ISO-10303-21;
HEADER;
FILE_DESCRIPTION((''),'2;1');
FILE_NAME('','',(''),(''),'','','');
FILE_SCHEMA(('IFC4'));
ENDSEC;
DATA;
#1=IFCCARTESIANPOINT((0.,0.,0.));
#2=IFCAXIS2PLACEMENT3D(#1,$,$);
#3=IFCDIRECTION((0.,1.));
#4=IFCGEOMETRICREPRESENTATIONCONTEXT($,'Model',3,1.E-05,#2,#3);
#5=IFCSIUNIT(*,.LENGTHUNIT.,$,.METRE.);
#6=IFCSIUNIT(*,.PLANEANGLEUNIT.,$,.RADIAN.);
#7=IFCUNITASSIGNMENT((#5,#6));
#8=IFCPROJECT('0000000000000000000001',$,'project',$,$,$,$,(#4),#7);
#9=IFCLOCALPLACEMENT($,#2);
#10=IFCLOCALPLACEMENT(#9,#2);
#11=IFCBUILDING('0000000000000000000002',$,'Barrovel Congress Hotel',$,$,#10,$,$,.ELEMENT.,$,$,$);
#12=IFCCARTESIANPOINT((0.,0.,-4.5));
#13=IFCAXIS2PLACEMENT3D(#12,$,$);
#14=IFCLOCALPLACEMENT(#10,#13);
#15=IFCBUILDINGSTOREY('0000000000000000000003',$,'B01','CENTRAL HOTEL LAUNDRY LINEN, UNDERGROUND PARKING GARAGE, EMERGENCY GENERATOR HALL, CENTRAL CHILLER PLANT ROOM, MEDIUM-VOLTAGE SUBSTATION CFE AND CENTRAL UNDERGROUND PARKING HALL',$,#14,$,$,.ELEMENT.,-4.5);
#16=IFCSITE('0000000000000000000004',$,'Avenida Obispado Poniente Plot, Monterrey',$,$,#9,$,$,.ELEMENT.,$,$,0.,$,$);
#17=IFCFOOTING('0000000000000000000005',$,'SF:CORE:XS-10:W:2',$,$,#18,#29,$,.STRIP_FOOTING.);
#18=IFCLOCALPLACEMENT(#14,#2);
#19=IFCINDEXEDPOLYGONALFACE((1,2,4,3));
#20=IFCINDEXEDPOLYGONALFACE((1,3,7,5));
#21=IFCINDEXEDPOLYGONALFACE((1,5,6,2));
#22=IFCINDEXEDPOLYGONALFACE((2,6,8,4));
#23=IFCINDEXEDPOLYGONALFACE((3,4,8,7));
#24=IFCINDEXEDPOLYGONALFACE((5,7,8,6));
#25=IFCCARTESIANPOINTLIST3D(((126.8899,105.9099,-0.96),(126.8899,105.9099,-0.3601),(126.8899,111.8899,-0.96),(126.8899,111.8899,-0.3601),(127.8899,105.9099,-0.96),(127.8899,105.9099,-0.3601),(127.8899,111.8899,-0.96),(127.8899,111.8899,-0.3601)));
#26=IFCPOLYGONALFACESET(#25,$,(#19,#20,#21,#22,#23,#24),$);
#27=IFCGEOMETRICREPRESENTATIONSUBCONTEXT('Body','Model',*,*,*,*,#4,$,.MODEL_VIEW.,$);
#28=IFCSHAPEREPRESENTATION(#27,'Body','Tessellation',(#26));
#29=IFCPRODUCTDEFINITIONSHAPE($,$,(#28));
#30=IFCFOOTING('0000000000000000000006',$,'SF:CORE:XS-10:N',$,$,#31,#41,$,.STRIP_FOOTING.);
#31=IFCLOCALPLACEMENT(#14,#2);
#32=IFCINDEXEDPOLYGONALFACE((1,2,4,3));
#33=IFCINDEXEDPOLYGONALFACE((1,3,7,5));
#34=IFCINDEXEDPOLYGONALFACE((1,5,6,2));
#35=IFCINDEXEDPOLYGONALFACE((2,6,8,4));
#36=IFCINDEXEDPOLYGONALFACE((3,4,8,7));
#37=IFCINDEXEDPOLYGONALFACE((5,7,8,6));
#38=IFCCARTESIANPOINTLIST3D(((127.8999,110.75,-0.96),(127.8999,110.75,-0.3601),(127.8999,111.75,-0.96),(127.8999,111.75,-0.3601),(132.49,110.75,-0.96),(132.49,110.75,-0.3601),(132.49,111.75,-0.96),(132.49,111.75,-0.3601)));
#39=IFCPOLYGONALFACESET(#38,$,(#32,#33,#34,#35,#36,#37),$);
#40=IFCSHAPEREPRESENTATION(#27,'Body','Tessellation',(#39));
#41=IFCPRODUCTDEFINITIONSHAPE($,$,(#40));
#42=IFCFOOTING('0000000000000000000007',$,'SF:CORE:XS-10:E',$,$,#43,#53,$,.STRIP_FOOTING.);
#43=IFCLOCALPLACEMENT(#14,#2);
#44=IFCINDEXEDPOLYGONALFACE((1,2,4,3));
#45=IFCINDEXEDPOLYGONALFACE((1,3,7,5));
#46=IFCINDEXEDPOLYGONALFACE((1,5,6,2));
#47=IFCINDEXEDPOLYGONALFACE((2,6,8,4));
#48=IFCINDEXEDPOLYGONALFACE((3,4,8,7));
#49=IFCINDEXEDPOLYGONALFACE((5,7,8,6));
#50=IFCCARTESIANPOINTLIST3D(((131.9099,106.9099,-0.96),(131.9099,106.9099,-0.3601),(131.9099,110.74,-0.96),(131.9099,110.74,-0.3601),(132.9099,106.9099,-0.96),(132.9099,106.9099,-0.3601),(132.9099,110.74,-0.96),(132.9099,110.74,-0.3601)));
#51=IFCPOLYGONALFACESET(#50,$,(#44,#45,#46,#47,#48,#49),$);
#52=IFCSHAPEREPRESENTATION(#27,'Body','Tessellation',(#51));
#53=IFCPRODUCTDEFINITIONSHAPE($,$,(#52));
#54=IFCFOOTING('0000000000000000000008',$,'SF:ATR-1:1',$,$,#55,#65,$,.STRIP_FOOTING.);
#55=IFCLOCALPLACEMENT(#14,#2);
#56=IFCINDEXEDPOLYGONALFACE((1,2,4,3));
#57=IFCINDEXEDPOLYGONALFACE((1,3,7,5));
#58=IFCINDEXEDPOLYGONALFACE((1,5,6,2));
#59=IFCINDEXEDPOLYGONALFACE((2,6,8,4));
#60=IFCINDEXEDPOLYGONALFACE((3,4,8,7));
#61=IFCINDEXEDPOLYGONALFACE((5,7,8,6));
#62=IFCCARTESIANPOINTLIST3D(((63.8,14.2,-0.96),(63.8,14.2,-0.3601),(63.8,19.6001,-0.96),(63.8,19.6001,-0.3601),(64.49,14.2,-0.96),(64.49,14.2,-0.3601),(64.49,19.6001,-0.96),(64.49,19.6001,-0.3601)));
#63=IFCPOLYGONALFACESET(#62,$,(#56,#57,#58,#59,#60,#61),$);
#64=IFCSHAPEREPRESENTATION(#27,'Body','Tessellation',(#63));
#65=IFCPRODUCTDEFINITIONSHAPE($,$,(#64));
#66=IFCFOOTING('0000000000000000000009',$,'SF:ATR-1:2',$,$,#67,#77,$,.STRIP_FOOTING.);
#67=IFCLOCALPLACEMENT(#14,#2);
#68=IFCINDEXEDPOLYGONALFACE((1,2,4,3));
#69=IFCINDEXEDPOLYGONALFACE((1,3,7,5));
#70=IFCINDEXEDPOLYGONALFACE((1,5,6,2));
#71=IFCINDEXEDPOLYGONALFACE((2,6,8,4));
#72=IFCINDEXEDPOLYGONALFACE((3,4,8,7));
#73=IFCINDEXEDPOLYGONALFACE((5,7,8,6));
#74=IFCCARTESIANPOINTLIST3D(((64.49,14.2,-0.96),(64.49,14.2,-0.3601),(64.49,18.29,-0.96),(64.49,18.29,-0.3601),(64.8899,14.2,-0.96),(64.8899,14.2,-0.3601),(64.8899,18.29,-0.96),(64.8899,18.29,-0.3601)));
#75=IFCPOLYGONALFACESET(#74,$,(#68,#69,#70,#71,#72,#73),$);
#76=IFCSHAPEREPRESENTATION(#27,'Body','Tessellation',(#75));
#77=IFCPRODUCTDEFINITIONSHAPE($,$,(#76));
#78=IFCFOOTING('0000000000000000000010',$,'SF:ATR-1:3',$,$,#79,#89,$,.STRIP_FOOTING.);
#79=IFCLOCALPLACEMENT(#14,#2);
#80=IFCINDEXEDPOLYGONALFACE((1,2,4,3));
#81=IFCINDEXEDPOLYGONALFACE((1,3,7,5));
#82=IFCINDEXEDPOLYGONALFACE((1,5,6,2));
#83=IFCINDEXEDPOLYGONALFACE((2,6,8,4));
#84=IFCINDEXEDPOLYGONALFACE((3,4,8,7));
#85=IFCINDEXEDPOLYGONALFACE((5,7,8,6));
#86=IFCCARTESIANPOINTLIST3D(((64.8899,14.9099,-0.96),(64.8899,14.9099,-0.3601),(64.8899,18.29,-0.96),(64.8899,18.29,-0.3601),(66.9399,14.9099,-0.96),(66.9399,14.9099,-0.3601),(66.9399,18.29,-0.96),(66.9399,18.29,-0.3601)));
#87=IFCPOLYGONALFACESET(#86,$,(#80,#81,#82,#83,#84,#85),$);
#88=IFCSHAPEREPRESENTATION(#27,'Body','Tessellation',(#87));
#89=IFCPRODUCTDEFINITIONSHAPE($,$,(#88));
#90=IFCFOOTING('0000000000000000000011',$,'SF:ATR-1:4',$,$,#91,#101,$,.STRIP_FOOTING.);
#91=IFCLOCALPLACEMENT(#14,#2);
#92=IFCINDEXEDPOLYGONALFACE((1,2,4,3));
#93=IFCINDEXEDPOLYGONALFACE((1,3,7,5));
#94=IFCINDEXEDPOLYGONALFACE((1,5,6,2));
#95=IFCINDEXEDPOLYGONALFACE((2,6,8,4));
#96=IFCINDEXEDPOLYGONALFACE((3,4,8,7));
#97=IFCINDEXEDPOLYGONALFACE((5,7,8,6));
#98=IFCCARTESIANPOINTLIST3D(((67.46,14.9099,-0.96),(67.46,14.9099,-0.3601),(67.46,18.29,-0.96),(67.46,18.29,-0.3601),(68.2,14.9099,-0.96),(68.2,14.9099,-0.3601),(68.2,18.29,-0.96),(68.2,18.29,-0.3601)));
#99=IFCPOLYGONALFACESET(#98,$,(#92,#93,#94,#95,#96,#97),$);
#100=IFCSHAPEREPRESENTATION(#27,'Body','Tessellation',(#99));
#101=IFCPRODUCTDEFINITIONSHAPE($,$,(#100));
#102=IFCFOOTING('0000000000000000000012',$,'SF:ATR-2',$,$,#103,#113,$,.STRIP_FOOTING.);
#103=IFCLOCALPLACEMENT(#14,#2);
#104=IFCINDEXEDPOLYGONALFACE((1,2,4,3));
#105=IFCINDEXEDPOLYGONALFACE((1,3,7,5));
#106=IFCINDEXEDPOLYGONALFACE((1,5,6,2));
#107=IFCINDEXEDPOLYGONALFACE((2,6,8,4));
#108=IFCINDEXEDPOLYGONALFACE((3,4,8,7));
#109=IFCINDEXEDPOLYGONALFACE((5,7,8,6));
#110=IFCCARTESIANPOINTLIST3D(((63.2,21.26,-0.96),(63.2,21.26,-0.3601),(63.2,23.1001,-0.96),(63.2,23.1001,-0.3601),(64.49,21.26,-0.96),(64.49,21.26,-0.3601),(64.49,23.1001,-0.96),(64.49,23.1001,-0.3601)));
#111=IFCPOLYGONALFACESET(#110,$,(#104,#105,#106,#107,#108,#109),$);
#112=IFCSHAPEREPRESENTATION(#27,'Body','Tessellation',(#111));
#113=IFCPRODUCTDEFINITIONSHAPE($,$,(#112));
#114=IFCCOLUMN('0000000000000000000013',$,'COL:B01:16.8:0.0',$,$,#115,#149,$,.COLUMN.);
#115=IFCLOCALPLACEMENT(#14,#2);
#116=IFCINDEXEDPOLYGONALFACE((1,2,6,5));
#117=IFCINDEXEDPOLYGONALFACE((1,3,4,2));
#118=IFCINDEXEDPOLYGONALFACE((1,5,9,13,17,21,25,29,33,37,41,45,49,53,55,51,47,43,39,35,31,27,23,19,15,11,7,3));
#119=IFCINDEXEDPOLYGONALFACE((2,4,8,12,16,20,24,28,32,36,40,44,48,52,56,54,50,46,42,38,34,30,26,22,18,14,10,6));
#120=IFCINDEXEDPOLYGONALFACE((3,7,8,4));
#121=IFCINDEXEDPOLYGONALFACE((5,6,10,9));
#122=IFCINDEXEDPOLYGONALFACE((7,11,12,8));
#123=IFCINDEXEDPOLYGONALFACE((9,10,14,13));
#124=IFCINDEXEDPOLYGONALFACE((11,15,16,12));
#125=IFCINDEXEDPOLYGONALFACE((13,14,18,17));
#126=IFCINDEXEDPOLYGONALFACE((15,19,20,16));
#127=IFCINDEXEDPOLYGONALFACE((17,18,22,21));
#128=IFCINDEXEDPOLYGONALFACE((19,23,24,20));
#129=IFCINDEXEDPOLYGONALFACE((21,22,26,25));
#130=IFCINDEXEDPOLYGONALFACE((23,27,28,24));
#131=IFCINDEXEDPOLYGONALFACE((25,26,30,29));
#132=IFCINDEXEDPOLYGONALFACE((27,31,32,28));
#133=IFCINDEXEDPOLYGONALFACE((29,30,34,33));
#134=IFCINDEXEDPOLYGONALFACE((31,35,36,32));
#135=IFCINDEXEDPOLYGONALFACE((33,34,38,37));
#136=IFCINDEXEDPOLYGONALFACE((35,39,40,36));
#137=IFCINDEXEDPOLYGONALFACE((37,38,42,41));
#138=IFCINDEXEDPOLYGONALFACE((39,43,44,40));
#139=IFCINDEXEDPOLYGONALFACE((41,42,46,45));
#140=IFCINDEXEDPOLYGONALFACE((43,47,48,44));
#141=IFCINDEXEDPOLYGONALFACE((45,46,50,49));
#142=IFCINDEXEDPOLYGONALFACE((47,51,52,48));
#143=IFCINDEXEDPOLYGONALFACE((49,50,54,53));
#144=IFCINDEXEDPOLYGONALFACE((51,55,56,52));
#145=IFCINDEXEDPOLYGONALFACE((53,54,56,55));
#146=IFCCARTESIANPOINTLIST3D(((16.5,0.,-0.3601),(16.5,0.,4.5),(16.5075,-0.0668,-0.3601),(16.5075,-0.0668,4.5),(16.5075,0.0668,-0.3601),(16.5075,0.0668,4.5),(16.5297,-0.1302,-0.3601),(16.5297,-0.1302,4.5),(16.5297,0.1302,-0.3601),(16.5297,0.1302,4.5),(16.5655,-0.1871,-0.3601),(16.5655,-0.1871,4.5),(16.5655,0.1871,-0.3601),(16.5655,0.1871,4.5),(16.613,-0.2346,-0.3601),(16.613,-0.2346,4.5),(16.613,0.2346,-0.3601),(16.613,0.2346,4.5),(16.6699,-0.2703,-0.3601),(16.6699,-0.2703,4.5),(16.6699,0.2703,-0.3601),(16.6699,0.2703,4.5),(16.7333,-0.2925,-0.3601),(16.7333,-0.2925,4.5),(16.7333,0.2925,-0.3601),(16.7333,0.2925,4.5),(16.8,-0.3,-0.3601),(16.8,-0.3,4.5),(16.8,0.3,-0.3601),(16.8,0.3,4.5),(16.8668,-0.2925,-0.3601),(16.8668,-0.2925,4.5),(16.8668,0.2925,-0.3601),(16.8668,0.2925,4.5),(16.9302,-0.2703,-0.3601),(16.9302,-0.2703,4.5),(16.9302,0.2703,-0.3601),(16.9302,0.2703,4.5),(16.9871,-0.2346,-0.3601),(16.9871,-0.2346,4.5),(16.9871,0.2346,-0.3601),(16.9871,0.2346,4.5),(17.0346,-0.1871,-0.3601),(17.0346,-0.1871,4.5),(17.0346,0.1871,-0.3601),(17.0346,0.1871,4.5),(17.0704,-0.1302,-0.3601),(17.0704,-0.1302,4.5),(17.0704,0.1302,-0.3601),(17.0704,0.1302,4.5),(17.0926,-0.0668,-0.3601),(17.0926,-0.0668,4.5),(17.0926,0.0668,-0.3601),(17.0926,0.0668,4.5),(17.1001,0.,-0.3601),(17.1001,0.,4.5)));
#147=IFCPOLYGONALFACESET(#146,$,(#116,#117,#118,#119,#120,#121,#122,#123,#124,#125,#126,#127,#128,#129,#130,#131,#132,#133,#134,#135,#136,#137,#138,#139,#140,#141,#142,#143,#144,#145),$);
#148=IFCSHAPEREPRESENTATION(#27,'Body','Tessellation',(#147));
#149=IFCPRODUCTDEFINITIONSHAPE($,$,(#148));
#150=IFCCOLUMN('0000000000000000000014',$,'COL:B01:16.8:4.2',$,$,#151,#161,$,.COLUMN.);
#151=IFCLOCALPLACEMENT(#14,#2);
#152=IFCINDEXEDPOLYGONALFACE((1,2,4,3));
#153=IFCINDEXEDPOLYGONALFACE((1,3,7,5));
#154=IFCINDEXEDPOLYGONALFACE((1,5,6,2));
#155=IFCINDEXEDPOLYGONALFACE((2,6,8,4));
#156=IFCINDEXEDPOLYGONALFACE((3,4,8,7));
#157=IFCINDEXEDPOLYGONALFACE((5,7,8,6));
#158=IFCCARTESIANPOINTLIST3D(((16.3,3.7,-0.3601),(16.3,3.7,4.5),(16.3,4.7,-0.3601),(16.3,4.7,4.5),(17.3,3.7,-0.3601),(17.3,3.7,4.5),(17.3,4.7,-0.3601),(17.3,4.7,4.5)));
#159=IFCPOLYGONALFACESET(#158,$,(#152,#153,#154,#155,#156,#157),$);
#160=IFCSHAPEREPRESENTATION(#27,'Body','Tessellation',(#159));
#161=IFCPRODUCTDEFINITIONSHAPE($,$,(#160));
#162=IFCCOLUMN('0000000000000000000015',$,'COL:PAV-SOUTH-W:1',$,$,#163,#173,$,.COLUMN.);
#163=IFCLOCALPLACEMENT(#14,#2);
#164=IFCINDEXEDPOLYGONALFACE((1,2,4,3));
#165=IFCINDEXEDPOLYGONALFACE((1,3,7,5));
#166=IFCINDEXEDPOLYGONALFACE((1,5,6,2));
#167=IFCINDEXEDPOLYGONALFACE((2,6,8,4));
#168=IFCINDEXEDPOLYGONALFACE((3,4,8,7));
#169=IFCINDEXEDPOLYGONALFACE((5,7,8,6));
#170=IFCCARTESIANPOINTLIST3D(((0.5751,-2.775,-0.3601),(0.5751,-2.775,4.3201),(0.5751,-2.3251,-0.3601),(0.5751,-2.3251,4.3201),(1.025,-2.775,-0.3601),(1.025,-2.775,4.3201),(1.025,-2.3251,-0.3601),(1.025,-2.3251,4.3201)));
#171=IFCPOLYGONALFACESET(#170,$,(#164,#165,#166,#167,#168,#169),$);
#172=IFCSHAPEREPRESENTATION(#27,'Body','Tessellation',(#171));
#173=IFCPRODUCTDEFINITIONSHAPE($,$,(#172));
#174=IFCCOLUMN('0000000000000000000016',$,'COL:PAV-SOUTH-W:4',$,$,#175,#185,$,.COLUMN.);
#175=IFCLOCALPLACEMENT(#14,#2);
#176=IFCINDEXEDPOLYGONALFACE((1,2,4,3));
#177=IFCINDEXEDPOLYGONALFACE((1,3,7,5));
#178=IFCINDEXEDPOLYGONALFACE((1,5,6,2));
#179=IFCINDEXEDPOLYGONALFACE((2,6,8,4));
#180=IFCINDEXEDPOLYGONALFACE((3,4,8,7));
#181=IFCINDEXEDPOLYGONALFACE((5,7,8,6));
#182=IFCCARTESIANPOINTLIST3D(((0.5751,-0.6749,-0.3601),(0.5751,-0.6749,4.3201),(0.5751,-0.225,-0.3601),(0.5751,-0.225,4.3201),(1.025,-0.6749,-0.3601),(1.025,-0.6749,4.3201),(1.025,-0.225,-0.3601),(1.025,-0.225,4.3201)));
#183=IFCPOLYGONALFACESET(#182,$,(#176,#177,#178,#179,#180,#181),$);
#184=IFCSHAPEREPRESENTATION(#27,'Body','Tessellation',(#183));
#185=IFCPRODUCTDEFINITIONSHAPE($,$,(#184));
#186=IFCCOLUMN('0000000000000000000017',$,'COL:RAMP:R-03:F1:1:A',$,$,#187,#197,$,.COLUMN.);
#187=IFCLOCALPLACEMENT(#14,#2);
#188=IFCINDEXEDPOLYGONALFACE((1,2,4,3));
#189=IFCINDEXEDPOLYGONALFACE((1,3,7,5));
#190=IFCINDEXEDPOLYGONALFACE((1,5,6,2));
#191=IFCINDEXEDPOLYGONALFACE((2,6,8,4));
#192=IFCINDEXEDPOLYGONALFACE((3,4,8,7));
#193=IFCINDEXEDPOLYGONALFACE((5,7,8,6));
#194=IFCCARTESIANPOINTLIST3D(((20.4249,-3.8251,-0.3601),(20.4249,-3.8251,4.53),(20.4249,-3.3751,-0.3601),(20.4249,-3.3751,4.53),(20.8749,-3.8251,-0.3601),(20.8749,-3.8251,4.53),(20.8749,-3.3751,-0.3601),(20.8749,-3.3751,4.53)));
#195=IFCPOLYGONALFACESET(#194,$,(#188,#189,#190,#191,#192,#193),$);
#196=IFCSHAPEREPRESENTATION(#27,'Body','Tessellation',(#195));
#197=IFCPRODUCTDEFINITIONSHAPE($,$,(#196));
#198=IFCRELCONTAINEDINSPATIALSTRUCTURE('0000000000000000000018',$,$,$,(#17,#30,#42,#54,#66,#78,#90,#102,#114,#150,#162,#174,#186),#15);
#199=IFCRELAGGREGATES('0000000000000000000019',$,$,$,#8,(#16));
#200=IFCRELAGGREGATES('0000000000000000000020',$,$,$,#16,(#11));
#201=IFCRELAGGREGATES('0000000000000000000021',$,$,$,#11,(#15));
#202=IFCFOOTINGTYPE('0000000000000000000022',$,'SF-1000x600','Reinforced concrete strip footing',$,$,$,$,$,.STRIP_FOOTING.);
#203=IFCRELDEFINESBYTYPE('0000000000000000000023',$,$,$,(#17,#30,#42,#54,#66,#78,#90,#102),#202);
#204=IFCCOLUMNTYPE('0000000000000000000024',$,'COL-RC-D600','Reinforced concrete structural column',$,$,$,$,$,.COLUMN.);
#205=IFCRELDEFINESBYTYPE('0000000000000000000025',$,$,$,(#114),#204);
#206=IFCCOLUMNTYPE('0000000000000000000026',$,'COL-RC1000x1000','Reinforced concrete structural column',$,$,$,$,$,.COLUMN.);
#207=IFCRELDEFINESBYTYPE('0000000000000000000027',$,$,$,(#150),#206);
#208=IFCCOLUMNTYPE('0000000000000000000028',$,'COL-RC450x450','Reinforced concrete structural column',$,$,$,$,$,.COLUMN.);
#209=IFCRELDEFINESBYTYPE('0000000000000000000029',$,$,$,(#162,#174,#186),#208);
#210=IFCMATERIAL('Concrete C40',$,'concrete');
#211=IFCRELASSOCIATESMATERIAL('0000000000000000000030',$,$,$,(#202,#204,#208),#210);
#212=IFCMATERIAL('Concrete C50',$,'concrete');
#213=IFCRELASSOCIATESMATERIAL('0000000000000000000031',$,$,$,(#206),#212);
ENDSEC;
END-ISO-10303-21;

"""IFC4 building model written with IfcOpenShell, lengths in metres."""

from ifc_helpers import new_model, si_unit, direction, frame, origin, origin_2d, place, context, subcontext, project, spatial, polyline, rectangle, circle, outline, extrude, material, material_profile, profile_set, type_object, element, save


model = new_model("IFC4")

# Units and contexts
model_context = context("Model", 3, precision=1e-05, world=origin(), true_north=direction((0.0, 1.0)))
body_context = subcontext(model_context, "Body", "Model", "MODEL_VIEW")
ifc_project = project(units=[si_unit("LENGTHUNIT", "METRE"), si_unit("PLANEANGLEUNIT", "RADIAN")], contexts=[model_context])

# Site, building, storey
site_placement = place(None, origin())
site = spatial("IfcSite", under=ifc_project, at=site_placement, Name="Avenida Obispado Poniente Plot, Monterrey", CompositionType="ELEMENT", RefElevation=0.0)
building_placement = place(site_placement, origin())
building = spatial("IfcBuilding", under=site, at=building_placement, Name="Barrovel Congress Hotel", CompositionType="ELEMENT")
storey_placement = place(building_placement, frame((0.0, 0.0, -4.5)))
storey = spatial("IfcBuildingStorey", under=building, at=storey_placement, Name="B01", Description="CENTRAL HOTEL LAUNDRY LINEN, UNDERGROUND PARKING GARAGE, EMERGENCY GENERATOR HALL, CENTRAL CHILLER PLANT ROOM, MEDIUM-VOLTAGE SUBSTATION CFE AND CENTRAL UNDERGROUND PARKING HALL", CompositionType="ELEMENT", Elevation=-4.5)

# Shared definitions
ifc_material_1 = material(Name="Concrete C40", Category="concrete")

# Footings
footing_type_1 = type_object("IfcFootingType", Name="SF-1000x600", Description="Reinforced concrete strip footing", PredefinedType="STRIP_FOOTING", material=ifc_material_1)
footing_1_placement = place(storey_placement, frame((0.0, 0.0, -0.96)))
element("IfcFooting", 1, at=footing_1_placement, inside=storey, type_object=footing_type_1, Name="SF:CORE:XS-10:W:2", PredefinedType="STRIP_FOOTING", context=body_context, shape_type="SweptSolid", body=[
    extrude(outline(polyline([(126.8899, 105.9099), (127.8899, 105.9099), (127.8899, 111.8899), (126.8899, 111.8899), (126.8899, 105.9099)])), origin(), (0.0, 0.0, 1.0), 0.5999),
])
footing_2_placement = place(storey_placement, frame((0.0, 0.0, -0.96)))
element("IfcFooting", 2, at=footing_2_placement, inside=storey, type_object=footing_type_1, Name="SF:CORE:XS-10:N", PredefinedType="STRIP_FOOTING", context=body_context, shape_type="SweptSolid", body=[
    extrude(outline(polyline([(127.8999, 110.75), (132.49, 110.75), (132.49, 111.75), (127.8999, 111.75), (127.8999, 110.75)])), origin(), (0.0, 0.0, 1.0), 0.5999),
])
footing_3_placement = place(storey_placement, frame((0.0, 0.0, -0.96)))
element("IfcFooting", 3, at=footing_3_placement, inside=storey, type_object=footing_type_1, Name="SF:CORE:XS-10:E", PredefinedType="STRIP_FOOTING", context=body_context, shape_type="SweptSolid", body=[
    extrude(outline(polyline([(131.9099, 106.9099), (132.9099, 106.9099), (132.9099, 110.74), (131.9099, 110.74), (131.9099, 106.9099)])), origin(), (0.0, 0.0, 1.0), 0.5999),
])
footing_4_placement = place(storey_placement, frame((0.0, 0.0, -0.96)))
element("IfcFooting", 4, at=footing_4_placement, inside=storey, type_object=footing_type_1, Name="SF:ATR-1:1", PredefinedType="STRIP_FOOTING", context=body_context, shape_type="SweptSolid", body=[
    extrude(outline(polyline([(63.8, 14.2), (64.49, 14.2), (64.49, 19.6001), (63.8, 19.6001), (63.8, 14.2)])), origin(), (0.0, 0.0, 1.0), 0.5999),
])
footing_5_placement = place(storey_placement, frame((0.0, 0.0, -0.96)))
element("IfcFooting", 5, at=footing_5_placement, inside=storey, type_object=footing_type_1, Name="SF:ATR-1:2", PredefinedType="STRIP_FOOTING", context=body_context, shape_type="SweptSolid", body=[
    extrude(outline(polyline([(64.49, 14.2), (64.8899, 14.2), (64.8899, 18.29), (64.49, 18.29), (64.49, 14.2)])), origin(), (0.0, 0.0, 1.0), 0.5999),
])
footing_6_placement = place(storey_placement, frame((0.0, 0.0, -0.96)))
element("IfcFooting", 6, at=footing_6_placement, inside=storey, type_object=footing_type_1, Name="SF:ATR-1:3", PredefinedType="STRIP_FOOTING", context=body_context, shape_type="SweptSolid", body=[
    extrude(outline(polyline([(64.8899, 14.9099), (66.9399, 14.9099), (66.9399, 18.29), (64.8899, 18.29), (64.8899, 14.9099)])), origin(), (0.0, 0.0, 1.0), 0.5999),
])
footing_7_placement = place(storey_placement, frame((0.0, 0.0, -0.96)))
element("IfcFooting", 7, at=footing_7_placement, inside=storey, type_object=footing_type_1, Name="SF:ATR-1:4", PredefinedType="STRIP_FOOTING", context=body_context, shape_type="SweptSolid", body=[
    extrude(outline(polyline([(67.46, 14.9099), (68.2, 14.9099), (68.2, 18.29), (67.46, 18.29), (67.46, 14.9099)])), origin(), (0.0, 0.0, 1.0), 0.5999),
])
footing_8_placement = place(storey_placement, frame((0.0, 0.0, -0.96)))
element("IfcFooting", 8, at=footing_8_placement, inside=storey, type_object=footing_type_1, Name="SF:ATR-2", PredefinedType="STRIP_FOOTING", context=body_context, shape_type="SweptSolid", body=[
    extrude(outline(polyline([(63.2, 21.26), (64.49, 21.26), (64.49, 23.1001), (63.2, 23.1001), (63.2, 21.26)])), origin(), (0.0, 0.0, 1.0), 0.5999),
])

# Columns
ifc_material_profile_1 = material_profile(ifc_material_1, circle(Radius=0.3, at=origin_2d()), Name="RC-D600")
ifc_profile_set_1 = profile_set([ifc_material_profile_1], Name="Concrete C40")
column_type_1 = type_object("IfcColumnType", Name="COL-RC-D600", Description="Reinforced concrete structural column", PredefinedType="COLUMN", material=ifc_profile_set_1)
column_1_placement = place(storey_placement, frame((16.8, 0.0, -0.3601), z_axis=(0.0, 0.0, 1.0), x_axis=(1.0, 0.0, 0.0)))
element("IfcColumn", 9, at=column_1_placement, inside=storey, type_object=column_type_1, Name="COL:B01:16.8:0.0", PredefinedType="COLUMN", context=body_context, shape_type="SweptSolid", body=[
    extrude(circle(Radius=0.3, at=origin_2d()), origin(), (0.0, 0.0, 1.0), 4.8601),
])
ifc_material_2 = material(Name="Concrete C50", Category="concrete")
ifc_material_profile_2 = material_profile(ifc_material_2, rectangle(XDim=1.0, YDim=1.0, at=origin_2d()), Name="RC1000x1000")
ifc_profile_set_2 = profile_set([ifc_material_profile_2], Name="Concrete C50")
column_type_2 = type_object("IfcColumnType", Name="COL-RC1000x1000", Description="Reinforced concrete structural column", PredefinedType="COLUMN", material=ifc_profile_set_2)
column_2_placement = place(storey_placement, frame((16.8, 4.2, -0.3601), z_axis=(0.0, 0.0, 1.0), x_axis=(1.0, 0.0, 0.0)))
element("IfcColumn", 10, at=column_2_placement, inside=storey, type_object=column_type_2, Name="COL:B01:16.8:4.2", PredefinedType="COLUMN", context=body_context, shape_type="SweptSolid", body=[
    extrude(rectangle(XDim=1.0, YDim=1.0, at=origin_2d()), origin(), (0.0, 0.0, 1.0), 4.8601),
])
ifc_material_profile_3 = material_profile(ifc_material_1, rectangle(XDim=0.45, YDim=0.45, at=origin_2d()), Name="RC450x450")
ifc_profile_set_3 = profile_set([ifc_material_profile_3], Name="Concrete C40")
column_type_3 = type_object("IfcColumnType", Name="COL-RC450x450", Description="Reinforced concrete structural column", PredefinedType="COLUMN", material=ifc_profile_set_3)
for number, where, z_axis, x_axis, name in (
    (11, (0.8, -2.55, -0.3601), (0.0, 0.0, 1.0), (1.0, 0.0, 0.0), "COL:PAV-SOUTH-W:1"),
    (12, (0.8, -0.45, -0.3601), (0.0, 0.0, 1.0), (1.0, 0.0, 0.0), "COL:PAV-SOUTH-W:4"),
):
    element("IfcColumn", number, at=place(storey_placement, frame(where, z_axis=z_axis, x_axis=x_axis)), inside=storey, type_object=column_type_3, Name=name, PredefinedType="COLUMN", context=body_context, shape_type="SweptSolid", body=[
        extrude(rectangle(XDim=0.45, YDim=0.45, at=origin_2d()), origin(), (0.0, 0.0, 1.0), 4.6802),
    ])
for number, where, z_axis, x_axis, name in (
    (13, (20.6499, -3.6001, -0.3601), (0.0, 0.0, 1.0), (1.0, 0.0, 0.0), "COL:RAMP:R-03:F1:1:A"),
):
    element("IfcColumn", number, at=place(storey_placement, frame(where, z_axis=z_axis, x_axis=x_axis)), inside=storey, type_object=column_type_3, Name=name, PredefinedType="COLUMN", context=body_context, shape_type="SweptSolid", body=[
        extrude(rectangle(XDim=0.45, YDim=0.45, at=origin_2d()), origin(), (0.0, 0.0, 1.0), 4.8901),
    ])

save(model, "model.ifc")
